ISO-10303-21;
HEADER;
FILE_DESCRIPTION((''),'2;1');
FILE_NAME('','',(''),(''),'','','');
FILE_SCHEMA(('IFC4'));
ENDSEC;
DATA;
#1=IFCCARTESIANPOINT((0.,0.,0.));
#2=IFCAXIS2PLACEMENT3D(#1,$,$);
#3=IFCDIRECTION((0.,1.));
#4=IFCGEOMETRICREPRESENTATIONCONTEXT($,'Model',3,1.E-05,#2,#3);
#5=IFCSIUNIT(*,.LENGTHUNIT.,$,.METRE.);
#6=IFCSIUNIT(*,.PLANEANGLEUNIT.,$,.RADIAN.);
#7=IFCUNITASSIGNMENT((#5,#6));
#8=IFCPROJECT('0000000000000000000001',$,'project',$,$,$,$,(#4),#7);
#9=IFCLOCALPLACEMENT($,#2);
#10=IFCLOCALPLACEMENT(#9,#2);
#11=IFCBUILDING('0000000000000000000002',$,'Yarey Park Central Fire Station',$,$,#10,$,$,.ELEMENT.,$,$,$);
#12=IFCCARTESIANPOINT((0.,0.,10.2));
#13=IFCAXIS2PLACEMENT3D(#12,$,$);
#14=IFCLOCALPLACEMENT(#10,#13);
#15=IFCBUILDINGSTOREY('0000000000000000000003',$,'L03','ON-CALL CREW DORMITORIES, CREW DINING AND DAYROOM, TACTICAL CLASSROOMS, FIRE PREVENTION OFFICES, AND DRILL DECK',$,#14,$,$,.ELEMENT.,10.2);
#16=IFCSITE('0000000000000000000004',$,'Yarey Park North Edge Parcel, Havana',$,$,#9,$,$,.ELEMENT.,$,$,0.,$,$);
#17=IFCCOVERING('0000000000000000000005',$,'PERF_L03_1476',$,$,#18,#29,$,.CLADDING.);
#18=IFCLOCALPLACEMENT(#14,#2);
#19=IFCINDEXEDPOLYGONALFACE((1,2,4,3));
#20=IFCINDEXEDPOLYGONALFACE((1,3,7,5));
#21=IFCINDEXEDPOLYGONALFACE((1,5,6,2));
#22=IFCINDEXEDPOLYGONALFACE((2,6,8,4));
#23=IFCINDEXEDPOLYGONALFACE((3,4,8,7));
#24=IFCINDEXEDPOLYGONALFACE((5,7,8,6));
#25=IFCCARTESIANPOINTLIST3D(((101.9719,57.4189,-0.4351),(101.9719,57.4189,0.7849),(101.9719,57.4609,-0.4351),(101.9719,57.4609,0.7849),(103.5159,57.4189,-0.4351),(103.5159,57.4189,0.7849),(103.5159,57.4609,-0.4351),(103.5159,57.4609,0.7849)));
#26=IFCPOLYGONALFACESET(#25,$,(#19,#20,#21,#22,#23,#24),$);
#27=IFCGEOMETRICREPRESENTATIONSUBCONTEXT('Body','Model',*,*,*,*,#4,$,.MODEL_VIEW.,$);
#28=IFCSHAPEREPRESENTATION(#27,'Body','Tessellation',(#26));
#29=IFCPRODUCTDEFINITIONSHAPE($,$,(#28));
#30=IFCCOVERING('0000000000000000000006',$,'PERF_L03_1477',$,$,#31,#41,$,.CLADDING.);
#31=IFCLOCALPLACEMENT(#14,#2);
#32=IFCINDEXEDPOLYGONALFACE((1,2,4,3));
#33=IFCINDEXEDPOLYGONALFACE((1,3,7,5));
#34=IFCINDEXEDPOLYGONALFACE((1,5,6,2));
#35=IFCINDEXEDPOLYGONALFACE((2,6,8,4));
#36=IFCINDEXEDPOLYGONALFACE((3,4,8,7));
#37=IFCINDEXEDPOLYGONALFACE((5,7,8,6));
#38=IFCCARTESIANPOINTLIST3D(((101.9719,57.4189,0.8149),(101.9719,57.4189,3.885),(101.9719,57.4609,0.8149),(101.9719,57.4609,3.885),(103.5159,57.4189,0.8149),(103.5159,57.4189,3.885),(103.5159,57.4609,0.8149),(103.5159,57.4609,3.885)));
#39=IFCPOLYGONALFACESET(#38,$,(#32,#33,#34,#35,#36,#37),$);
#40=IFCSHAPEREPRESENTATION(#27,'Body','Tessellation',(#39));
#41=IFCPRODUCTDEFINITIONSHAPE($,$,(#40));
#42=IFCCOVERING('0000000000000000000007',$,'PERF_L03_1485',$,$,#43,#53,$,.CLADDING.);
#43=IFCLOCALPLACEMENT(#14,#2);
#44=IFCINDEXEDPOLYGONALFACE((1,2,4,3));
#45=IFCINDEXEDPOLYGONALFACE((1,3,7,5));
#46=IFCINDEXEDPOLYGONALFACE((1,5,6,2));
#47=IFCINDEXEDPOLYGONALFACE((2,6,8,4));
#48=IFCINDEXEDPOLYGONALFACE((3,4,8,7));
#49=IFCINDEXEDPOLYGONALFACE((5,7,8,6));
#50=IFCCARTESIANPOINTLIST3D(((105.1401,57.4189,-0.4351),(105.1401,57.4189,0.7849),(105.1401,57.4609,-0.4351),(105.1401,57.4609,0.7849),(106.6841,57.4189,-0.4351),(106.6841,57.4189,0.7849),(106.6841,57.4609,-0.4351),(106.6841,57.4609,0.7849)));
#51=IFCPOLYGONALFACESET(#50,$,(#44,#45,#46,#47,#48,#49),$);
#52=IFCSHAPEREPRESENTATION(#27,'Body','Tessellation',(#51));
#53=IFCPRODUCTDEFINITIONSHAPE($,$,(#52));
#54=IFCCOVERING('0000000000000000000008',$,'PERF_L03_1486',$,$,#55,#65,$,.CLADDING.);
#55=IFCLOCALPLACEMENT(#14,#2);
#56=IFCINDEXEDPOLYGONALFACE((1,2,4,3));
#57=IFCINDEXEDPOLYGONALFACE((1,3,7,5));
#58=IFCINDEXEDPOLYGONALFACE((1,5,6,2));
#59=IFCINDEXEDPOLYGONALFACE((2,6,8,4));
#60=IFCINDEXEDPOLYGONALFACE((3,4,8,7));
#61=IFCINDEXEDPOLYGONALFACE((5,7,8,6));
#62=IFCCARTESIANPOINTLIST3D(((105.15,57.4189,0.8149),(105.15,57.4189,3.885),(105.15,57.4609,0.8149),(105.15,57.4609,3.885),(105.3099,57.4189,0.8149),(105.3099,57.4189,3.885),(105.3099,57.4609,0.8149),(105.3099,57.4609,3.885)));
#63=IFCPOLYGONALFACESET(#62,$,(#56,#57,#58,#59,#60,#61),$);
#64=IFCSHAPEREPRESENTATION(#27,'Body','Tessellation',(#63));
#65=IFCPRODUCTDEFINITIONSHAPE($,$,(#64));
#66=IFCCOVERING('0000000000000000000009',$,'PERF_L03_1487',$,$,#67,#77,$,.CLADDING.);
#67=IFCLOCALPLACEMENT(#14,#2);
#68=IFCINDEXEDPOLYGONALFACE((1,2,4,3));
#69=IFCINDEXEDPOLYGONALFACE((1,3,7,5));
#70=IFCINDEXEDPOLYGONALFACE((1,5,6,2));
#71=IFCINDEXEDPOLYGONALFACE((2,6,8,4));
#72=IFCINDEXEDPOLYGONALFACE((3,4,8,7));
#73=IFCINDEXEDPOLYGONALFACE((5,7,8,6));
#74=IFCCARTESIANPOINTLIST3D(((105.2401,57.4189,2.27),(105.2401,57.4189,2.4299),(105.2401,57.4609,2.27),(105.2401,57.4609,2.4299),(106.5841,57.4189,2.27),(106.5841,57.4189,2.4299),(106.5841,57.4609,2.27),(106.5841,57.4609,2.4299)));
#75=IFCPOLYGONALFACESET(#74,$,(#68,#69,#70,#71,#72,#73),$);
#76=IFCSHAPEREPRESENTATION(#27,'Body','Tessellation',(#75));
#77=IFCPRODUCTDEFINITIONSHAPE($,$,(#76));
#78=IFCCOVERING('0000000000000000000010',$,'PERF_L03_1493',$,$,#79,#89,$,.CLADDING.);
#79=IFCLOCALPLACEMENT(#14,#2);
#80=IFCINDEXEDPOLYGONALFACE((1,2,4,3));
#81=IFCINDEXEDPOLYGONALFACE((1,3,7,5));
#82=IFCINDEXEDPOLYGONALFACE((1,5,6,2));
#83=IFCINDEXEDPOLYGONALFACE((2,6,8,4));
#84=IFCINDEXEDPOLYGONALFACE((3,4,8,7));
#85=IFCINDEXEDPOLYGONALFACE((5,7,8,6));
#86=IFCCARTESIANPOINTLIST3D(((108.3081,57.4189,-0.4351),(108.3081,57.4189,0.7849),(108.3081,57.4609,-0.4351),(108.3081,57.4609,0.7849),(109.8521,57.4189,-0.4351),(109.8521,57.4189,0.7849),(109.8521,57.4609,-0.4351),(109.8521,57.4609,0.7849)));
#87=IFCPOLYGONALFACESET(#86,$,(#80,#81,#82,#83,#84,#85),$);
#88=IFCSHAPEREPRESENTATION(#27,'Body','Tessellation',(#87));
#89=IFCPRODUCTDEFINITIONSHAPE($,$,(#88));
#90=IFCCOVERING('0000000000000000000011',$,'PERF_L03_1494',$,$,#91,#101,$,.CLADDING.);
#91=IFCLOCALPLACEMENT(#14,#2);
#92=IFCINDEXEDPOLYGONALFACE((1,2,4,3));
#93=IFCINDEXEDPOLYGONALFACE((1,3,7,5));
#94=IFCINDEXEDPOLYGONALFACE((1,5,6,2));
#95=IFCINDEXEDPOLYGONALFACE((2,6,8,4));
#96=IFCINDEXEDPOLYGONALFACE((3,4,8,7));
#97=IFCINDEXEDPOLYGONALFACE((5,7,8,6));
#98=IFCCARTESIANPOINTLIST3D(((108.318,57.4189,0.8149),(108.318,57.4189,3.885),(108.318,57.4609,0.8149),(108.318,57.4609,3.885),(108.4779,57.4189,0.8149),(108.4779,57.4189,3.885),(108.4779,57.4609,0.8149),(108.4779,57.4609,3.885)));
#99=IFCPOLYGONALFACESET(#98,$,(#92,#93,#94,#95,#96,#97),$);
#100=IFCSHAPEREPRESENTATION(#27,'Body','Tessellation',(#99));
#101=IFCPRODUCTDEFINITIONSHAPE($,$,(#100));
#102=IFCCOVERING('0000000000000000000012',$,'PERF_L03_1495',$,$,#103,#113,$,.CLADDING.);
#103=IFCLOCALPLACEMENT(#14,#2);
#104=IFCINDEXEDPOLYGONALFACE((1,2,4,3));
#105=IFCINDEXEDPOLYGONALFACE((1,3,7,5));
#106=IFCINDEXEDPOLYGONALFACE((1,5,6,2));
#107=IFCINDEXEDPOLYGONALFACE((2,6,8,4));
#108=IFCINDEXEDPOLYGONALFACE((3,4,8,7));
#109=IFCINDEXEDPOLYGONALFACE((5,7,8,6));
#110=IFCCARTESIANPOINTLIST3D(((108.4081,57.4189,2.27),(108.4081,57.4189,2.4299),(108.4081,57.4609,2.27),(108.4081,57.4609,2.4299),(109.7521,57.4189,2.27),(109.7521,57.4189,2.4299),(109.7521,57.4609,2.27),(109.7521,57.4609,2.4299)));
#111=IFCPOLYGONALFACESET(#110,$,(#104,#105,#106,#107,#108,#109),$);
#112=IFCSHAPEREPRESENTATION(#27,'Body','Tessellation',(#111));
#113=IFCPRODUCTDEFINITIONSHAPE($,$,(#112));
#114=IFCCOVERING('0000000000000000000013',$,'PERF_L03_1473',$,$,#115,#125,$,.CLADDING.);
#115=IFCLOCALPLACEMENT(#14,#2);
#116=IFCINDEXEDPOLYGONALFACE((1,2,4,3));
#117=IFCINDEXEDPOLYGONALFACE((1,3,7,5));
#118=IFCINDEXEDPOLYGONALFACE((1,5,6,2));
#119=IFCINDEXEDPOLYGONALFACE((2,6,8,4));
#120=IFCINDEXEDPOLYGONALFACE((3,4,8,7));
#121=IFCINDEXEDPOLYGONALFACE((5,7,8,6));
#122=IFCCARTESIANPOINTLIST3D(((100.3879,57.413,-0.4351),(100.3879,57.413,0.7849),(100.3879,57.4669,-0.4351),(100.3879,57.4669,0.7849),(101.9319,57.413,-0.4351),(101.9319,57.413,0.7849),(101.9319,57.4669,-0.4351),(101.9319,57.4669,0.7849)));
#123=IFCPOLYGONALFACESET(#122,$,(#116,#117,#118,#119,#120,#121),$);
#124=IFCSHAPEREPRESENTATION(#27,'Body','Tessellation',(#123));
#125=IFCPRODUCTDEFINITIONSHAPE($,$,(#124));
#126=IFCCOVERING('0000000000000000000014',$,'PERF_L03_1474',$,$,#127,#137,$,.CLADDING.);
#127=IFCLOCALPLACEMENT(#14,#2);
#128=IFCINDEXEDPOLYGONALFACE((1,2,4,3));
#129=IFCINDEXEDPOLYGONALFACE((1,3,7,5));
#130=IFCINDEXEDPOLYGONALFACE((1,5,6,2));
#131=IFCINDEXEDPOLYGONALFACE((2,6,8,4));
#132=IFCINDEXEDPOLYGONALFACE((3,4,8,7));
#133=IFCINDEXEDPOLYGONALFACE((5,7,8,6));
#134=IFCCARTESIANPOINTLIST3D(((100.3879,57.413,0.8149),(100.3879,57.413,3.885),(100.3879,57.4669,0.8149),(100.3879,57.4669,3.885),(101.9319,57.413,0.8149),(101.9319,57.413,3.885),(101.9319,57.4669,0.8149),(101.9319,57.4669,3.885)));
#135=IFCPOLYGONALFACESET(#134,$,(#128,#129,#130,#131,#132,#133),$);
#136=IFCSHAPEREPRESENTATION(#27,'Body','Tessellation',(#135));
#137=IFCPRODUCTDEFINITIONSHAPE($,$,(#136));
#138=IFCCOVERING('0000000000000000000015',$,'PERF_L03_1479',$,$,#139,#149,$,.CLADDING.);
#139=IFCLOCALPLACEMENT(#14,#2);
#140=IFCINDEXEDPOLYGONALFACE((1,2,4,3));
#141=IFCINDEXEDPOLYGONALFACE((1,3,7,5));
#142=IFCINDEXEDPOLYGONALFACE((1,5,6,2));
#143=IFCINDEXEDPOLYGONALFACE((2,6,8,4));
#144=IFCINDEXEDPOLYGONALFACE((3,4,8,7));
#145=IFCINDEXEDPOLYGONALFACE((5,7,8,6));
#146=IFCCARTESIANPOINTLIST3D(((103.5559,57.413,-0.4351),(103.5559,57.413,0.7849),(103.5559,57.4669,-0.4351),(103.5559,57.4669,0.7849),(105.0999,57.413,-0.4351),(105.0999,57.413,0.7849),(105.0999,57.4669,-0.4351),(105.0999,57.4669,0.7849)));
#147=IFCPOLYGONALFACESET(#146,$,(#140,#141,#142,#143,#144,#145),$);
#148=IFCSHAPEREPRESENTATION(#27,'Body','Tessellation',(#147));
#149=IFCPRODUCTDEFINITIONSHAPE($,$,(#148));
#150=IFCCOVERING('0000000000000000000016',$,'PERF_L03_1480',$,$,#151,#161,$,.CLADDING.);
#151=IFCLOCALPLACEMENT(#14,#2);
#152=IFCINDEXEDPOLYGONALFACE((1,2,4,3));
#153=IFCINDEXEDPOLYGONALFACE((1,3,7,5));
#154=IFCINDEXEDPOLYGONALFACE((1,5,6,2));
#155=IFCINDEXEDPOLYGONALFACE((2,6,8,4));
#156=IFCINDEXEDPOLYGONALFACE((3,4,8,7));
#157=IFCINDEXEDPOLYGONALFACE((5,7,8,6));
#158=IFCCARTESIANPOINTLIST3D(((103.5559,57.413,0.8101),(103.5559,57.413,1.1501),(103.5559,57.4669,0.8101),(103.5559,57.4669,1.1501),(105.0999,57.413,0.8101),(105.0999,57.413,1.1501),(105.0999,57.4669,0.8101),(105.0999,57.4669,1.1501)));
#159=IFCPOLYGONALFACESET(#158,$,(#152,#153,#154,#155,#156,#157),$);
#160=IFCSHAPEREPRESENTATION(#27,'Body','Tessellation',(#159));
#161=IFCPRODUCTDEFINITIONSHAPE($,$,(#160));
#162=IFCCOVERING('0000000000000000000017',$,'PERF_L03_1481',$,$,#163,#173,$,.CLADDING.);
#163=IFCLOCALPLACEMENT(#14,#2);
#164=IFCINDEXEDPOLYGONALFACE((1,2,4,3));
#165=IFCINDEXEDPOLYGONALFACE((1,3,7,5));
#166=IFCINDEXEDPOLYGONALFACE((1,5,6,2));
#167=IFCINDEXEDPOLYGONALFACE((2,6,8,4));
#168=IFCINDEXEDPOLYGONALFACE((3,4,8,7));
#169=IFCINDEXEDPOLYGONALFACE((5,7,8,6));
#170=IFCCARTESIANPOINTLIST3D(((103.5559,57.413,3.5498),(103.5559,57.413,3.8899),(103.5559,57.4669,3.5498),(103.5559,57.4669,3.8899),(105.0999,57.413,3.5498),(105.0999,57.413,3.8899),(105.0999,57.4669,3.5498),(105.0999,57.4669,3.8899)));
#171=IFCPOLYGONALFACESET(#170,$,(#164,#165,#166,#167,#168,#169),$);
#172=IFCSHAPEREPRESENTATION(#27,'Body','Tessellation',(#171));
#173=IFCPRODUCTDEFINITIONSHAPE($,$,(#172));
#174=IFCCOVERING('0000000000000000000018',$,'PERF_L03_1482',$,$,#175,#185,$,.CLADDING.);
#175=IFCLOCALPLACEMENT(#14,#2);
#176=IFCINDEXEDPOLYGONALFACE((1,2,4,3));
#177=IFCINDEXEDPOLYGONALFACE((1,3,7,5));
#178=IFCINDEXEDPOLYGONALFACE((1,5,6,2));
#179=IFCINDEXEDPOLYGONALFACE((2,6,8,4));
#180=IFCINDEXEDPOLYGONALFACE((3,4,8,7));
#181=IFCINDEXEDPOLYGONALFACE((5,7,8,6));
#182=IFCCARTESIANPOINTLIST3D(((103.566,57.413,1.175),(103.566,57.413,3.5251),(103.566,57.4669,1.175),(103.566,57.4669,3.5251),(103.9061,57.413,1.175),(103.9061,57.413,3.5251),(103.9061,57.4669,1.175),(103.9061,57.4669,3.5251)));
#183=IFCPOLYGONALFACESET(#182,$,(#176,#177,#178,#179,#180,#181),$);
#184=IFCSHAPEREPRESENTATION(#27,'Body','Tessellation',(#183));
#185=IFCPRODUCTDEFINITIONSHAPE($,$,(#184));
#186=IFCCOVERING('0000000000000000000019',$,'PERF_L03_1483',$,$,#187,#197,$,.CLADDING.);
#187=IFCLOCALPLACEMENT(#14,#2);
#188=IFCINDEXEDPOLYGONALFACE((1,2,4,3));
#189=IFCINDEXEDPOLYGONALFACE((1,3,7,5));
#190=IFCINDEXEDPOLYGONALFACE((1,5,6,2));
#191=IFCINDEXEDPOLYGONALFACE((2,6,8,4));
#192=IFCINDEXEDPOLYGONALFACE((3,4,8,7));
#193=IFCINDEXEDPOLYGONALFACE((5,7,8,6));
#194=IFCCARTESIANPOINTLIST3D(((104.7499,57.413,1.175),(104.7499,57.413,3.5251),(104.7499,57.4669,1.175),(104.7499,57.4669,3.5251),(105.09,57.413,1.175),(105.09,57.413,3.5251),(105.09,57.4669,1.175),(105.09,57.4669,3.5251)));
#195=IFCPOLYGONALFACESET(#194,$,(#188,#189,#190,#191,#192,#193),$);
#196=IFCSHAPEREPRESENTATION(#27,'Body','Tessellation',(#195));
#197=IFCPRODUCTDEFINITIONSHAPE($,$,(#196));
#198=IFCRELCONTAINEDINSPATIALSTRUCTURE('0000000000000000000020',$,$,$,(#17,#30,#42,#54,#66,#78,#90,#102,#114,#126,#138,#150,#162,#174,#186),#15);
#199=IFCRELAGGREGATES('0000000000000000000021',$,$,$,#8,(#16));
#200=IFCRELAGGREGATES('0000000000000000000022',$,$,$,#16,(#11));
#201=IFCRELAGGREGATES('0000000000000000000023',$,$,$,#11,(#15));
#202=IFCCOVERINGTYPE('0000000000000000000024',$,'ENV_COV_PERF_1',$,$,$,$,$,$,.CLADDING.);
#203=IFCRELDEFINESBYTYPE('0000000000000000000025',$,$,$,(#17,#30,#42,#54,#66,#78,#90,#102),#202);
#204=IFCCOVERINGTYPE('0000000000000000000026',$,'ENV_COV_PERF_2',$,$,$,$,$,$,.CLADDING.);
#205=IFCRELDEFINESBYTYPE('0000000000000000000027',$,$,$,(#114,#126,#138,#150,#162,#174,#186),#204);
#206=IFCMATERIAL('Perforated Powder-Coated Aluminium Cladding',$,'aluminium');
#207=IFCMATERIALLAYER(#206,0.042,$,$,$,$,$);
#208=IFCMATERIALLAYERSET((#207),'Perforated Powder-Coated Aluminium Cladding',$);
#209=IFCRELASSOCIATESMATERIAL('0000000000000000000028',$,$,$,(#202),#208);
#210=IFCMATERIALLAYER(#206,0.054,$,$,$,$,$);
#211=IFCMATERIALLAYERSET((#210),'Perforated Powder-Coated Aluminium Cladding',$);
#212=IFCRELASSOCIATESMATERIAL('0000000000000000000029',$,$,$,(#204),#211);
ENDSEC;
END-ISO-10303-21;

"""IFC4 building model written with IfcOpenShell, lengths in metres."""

from ifc_helpers import new_model, si_unit, direction, frame, origin, origin_2d, place, context, subcontext, project, spatial, rectangle, extrude, material, layer, layer_set, type_object, element, save


model = new_model("IFC4")

# Units and contexts
model_context = context("Model", 3, precision=1e-05, world=origin(), true_north=direction((0.0, 1.0)))
body_context = subcontext(model_context, "Body", "Model", "MODEL_VIEW")
ifc_project = project(units=[si_unit("LENGTHUNIT", "METRE"), si_unit("PLANEANGLEUNIT", "RADIAN")], contexts=[model_context])

# Site, building, storey
site_placement = place(None, origin())
site = spatial("IfcSite", under=ifc_project, at=site_placement, Name="Yarey Park North Edge Parcel, Havana", CompositionType="ELEMENT", RefElevation=0.0)
building_placement = place(site_placement, origin())
building = spatial("IfcBuilding", under=site, at=building_placement, Name="Yarey Park Central Fire Station", CompositionType="ELEMENT")
storey_placement = place(building_placement, frame((0.0, 0.0, 10.2)))
storey = spatial("IfcBuildingStorey", under=building, at=storey_placement, Name="L03", Description="ON-CALL CREW DORMITORIES, CREW DINING AND DAYROOM, TACTICAL CLASSROOMS, FIRE PREVENTION OFFICES, AND DRILL DECK", CompositionType="ELEMENT", Elevation=10.2)

# Coverings
ifc_material_1 = material(Name="Perforated Powder-Coated Aluminium Cladding", Category="aluminium")
ifc_layer_1 = layer(ifc_material_1, 0.042)
ifc_layer_set_1 = layer_set([ifc_layer_1], Name="Perforated Powder-Coated Aluminium Cladding")
covering_type_1 = type_object("IfcCoveringType", Name="ENV_COV_PERF_1", PredefinedType="CLADDING", material=ifc_layer_set_1)
covering_1_placement = place(storey_placement, frame((102.7439, 57.4399, -0.4351), z_axis=(0.0, 0.0, 1.0), x_axis=(1.0, 0.0, 0.0)))
element("IfcCovering", 1, at=covering_1_placement, inside=storey, type_object=covering_type_1, Name="PERF_L03_1476", PredefinedType="CLADDING", context=body_context, shape_type="SweptSolid", body=[
    extrude(rectangle(XDim=1.5439, YDim=0.042, at=origin_2d()), origin(), (0.0, 0.0, 1.0), 1.22),
])
covering_2_placement = place(storey_placement, frame((102.7439, 57.4399, 0.8149), z_axis=(0.0, 0.0, 1.0), x_axis=(1.0, 0.0, 0.0)))
element("IfcCovering", 2, at=covering_2_placement, inside=storey, type_object=covering_type_1, Name="PERF_L03_1477", PredefinedType="CLADDING", context=body_context, shape_type="SweptSolid", body=[
    extrude(rectangle(XDim=1.5439, YDim=0.042, at=origin_2d()), origin(), (0.0, 0.0, 1.0), 3.0701),
])
covering_3_placement = place(storey_placement, frame((105.9121, 57.4399, -0.4351), z_axis=(0.0, 0.0, 1.0), x_axis=(1.0, 0.0, 0.0)))
element("IfcCovering", 3, at=covering_3_placement, inside=storey, type_object=covering_type_1, Name="PERF_L03_1485", PredefinedType="CLADDING", context=body_context, shape_type="SweptSolid", body=[
    extrude(rectangle(XDim=1.5439, YDim=0.042, at=origin_2d()), origin(), (0.0, 0.0, 1.0), 1.22),
])
covering_4_placement = place(storey_placement, frame((105.23, 57.4399, 0.8149), z_axis=(0.0, 0.0, 1.0), x_axis=(1.0, 0.0, 0.0)))
element("IfcCovering", 4, at=covering_4_placement, inside=storey, type_object=covering_type_1, Name="PERF_L03_1486", PredefinedType="CLADDING", context=body_context, shape_type="SweptSolid", body=[
    extrude(rectangle(XDim=0.1599, YDim=0.042, at=origin_2d()), origin(), (0.0, 0.0, 1.0), 3.0701),
])
covering_5_placement = place(storey_placement, frame((105.9121, 57.4399, 2.27), z_axis=(0.0, 0.0, 1.0), x_axis=(1.0, 0.0, 0.0)))
element("IfcCovering", 5, at=covering_5_placement, inside=storey, type_object=covering_type_1, Name="PERF_L03_1487", PredefinedType="CLADDING", context=body_context, shape_type="SweptSolid", body=[
    extrude(rectangle(XDim=1.344, YDim=0.042, at=origin_2d()), origin(), (0.0, 0.0, 1.0), 0.1599),
])
covering_6_placement = place(storey_placement, frame((109.0801, 57.4399, -0.4351), z_axis=(0.0, 0.0, 1.0), x_axis=(1.0, 0.0, 0.0)))
element("IfcCovering", 6, at=covering_6_placement, inside=storey, type_object=covering_type_1, Name="PERF_L03_1493", PredefinedType="CLADDING", context=body_context, shape_type="SweptSolid", body=[
    extrude(rectangle(XDim=1.5439, YDim=0.042, at=origin_2d()), origin(), (0.0, 0.0, 1.0), 1.22),
])
covering_7_placement = place(storey_placement, frame((108.3979, 57.4399, 0.8149), z_axis=(0.0, 0.0, 1.0), x_axis=(1.0, 0.0, 0.0)))
element("IfcCovering", 7, at=covering_7_placement, inside=storey, type_object=covering_type_1, Name="PERF_L03_1494", PredefinedType="CLADDING", context=body_context, shape_type="SweptSolid", body=[
    extrude(rectangle(XDim=0.1599, YDim=0.042, at=origin_2d()), origin(), (0.0, 0.0, 1.0), 3.0701),
])
covering_8_placement = place(storey_placement, frame((109.0801, 57.4399, 2.27), z_axis=(0.0, 0.0, 1.0), x_axis=(1.0, 0.0, 0.0)))
element("IfcCovering", 8, at=covering_8_placement, inside=storey, type_object=covering_type_1, Name="PERF_L03_1495", PredefinedType="CLADDING", context=body_context, shape_type="SweptSolid", body=[
    extrude(rectangle(XDim=1.344, YDim=0.042, at=origin_2d()), origin(), (0.0, 0.0, 1.0), 0.1599),
])
ifc_layer_2 = layer(ifc_material_1, 0.054)
ifc_layer_set_2 = layer_set([ifc_layer_2], Name="Perforated Powder-Coated Aluminium Cladding")
covering_type_2 = type_object("IfcCoveringType", Name="ENV_COV_PERF_2", PredefinedType="CLADDING", material=ifc_layer_set_2)
covering_9_placement = place(storey_placement, frame((101.1599, 57.4399, -0.4351), z_axis=(0.0, 0.0, 1.0), x_axis=(1.0, 0.0, 0.0)))
element("IfcCovering", 9, at=covering_9_placement, inside=storey, type_object=covering_type_2, Name="PERF_L03_1473", PredefinedType="CLADDING", context=body_context, shape_type="SweptSolid", body=[
    extrude(rectangle(XDim=1.5439, YDim=0.054, at=origin_2d()), origin(), (0.0, 0.0, 1.0), 1.22),
])
covering_10_placement = place(storey_placement, frame((101.1599, 57.4399, 0.8149), z_axis=(0.0, 0.0, 1.0), x_axis=(1.0, 0.0, 0.0)))
element("IfcCovering", 10, at=covering_10_placement, inside=storey, type_object=covering_type_2, Name="PERF_L03_1474", PredefinedType="CLADDING", context=body_context, shape_type="SweptSolid", body=[
    extrude(rectangle(XDim=1.5439, YDim=0.054, at=origin_2d()), origin(), (0.0, 0.0, 1.0), 3.0701),
])
covering_11_placement = place(storey_placement, frame((104.3279, 57.4399, -0.4351), z_axis=(0.0, 0.0, 1.0), x_axis=(1.0, 0.0, 0.0)))
element("IfcCovering", 11, at=covering_11_placement, inside=storey, type_object=covering_type_2, Name="PERF_L03_1479", PredefinedType="CLADDING", context=body_context, shape_type="SweptSolid", body=[
    extrude(rectangle(XDim=1.5439, YDim=0.054, at=origin_2d()), origin(), (0.0, 0.0, 1.0), 1.22),
])
for number, where, z_axis, x_axis, name in (
    (12, (104.3279, 57.4399, 0.8101), (0.0, 0.0, 1.0), (1.0, 0.0, 0.0), "PERF_L03_1480"),
    (13, (104.3279, 57.4399, 3.5498), (0.0, 0.0, 1.0), (1.0, 0.0, 0.0), "PERF_L03_1481"),
):
    element("IfcCovering", number, at=place(storey_placement, frame(where, z_axis=z_axis, x_axis=x_axis)), inside=storey, type_object=covering_type_2, Name=name, PredefinedType="CLADDING", context=body_context, shape_type="SweptSolid", body=[
        extrude(rectangle(XDim=1.5439, YDim=0.054, at=origin_2d()), origin(), (0.0, 0.0, 1.0), 0.3401),
    ])
for number, where, z_axis, x_axis, name in (
    (14, (103.7361, 57.4399, 1.175), (0.0, 0.0, 1.0), (1.0, 0.0, 0.0), "PERF_L03_1482"),
    (15, (104.9199, 57.4399, 1.175), (0.0, 0.0, 1.0), (1.0, 0.0, 0.0), "PERF_L03_1483"),
):
    element("IfcCovering", number, at=place(storey_placement, frame(where, z_axis=z_axis, x_axis=x_axis)), inside=storey, type_object=covering_type_2, Name=name, PredefinedType="CLADDING", context=body_context, shape_type="SweptSolid", body=[
        extrude(rectangle(XDim=0.3401, YDim=0.054, at=origin_2d()), origin(), (0.0, 0.0, 1.0), 2.3501),
    ])

save(model, "model.ifc")
